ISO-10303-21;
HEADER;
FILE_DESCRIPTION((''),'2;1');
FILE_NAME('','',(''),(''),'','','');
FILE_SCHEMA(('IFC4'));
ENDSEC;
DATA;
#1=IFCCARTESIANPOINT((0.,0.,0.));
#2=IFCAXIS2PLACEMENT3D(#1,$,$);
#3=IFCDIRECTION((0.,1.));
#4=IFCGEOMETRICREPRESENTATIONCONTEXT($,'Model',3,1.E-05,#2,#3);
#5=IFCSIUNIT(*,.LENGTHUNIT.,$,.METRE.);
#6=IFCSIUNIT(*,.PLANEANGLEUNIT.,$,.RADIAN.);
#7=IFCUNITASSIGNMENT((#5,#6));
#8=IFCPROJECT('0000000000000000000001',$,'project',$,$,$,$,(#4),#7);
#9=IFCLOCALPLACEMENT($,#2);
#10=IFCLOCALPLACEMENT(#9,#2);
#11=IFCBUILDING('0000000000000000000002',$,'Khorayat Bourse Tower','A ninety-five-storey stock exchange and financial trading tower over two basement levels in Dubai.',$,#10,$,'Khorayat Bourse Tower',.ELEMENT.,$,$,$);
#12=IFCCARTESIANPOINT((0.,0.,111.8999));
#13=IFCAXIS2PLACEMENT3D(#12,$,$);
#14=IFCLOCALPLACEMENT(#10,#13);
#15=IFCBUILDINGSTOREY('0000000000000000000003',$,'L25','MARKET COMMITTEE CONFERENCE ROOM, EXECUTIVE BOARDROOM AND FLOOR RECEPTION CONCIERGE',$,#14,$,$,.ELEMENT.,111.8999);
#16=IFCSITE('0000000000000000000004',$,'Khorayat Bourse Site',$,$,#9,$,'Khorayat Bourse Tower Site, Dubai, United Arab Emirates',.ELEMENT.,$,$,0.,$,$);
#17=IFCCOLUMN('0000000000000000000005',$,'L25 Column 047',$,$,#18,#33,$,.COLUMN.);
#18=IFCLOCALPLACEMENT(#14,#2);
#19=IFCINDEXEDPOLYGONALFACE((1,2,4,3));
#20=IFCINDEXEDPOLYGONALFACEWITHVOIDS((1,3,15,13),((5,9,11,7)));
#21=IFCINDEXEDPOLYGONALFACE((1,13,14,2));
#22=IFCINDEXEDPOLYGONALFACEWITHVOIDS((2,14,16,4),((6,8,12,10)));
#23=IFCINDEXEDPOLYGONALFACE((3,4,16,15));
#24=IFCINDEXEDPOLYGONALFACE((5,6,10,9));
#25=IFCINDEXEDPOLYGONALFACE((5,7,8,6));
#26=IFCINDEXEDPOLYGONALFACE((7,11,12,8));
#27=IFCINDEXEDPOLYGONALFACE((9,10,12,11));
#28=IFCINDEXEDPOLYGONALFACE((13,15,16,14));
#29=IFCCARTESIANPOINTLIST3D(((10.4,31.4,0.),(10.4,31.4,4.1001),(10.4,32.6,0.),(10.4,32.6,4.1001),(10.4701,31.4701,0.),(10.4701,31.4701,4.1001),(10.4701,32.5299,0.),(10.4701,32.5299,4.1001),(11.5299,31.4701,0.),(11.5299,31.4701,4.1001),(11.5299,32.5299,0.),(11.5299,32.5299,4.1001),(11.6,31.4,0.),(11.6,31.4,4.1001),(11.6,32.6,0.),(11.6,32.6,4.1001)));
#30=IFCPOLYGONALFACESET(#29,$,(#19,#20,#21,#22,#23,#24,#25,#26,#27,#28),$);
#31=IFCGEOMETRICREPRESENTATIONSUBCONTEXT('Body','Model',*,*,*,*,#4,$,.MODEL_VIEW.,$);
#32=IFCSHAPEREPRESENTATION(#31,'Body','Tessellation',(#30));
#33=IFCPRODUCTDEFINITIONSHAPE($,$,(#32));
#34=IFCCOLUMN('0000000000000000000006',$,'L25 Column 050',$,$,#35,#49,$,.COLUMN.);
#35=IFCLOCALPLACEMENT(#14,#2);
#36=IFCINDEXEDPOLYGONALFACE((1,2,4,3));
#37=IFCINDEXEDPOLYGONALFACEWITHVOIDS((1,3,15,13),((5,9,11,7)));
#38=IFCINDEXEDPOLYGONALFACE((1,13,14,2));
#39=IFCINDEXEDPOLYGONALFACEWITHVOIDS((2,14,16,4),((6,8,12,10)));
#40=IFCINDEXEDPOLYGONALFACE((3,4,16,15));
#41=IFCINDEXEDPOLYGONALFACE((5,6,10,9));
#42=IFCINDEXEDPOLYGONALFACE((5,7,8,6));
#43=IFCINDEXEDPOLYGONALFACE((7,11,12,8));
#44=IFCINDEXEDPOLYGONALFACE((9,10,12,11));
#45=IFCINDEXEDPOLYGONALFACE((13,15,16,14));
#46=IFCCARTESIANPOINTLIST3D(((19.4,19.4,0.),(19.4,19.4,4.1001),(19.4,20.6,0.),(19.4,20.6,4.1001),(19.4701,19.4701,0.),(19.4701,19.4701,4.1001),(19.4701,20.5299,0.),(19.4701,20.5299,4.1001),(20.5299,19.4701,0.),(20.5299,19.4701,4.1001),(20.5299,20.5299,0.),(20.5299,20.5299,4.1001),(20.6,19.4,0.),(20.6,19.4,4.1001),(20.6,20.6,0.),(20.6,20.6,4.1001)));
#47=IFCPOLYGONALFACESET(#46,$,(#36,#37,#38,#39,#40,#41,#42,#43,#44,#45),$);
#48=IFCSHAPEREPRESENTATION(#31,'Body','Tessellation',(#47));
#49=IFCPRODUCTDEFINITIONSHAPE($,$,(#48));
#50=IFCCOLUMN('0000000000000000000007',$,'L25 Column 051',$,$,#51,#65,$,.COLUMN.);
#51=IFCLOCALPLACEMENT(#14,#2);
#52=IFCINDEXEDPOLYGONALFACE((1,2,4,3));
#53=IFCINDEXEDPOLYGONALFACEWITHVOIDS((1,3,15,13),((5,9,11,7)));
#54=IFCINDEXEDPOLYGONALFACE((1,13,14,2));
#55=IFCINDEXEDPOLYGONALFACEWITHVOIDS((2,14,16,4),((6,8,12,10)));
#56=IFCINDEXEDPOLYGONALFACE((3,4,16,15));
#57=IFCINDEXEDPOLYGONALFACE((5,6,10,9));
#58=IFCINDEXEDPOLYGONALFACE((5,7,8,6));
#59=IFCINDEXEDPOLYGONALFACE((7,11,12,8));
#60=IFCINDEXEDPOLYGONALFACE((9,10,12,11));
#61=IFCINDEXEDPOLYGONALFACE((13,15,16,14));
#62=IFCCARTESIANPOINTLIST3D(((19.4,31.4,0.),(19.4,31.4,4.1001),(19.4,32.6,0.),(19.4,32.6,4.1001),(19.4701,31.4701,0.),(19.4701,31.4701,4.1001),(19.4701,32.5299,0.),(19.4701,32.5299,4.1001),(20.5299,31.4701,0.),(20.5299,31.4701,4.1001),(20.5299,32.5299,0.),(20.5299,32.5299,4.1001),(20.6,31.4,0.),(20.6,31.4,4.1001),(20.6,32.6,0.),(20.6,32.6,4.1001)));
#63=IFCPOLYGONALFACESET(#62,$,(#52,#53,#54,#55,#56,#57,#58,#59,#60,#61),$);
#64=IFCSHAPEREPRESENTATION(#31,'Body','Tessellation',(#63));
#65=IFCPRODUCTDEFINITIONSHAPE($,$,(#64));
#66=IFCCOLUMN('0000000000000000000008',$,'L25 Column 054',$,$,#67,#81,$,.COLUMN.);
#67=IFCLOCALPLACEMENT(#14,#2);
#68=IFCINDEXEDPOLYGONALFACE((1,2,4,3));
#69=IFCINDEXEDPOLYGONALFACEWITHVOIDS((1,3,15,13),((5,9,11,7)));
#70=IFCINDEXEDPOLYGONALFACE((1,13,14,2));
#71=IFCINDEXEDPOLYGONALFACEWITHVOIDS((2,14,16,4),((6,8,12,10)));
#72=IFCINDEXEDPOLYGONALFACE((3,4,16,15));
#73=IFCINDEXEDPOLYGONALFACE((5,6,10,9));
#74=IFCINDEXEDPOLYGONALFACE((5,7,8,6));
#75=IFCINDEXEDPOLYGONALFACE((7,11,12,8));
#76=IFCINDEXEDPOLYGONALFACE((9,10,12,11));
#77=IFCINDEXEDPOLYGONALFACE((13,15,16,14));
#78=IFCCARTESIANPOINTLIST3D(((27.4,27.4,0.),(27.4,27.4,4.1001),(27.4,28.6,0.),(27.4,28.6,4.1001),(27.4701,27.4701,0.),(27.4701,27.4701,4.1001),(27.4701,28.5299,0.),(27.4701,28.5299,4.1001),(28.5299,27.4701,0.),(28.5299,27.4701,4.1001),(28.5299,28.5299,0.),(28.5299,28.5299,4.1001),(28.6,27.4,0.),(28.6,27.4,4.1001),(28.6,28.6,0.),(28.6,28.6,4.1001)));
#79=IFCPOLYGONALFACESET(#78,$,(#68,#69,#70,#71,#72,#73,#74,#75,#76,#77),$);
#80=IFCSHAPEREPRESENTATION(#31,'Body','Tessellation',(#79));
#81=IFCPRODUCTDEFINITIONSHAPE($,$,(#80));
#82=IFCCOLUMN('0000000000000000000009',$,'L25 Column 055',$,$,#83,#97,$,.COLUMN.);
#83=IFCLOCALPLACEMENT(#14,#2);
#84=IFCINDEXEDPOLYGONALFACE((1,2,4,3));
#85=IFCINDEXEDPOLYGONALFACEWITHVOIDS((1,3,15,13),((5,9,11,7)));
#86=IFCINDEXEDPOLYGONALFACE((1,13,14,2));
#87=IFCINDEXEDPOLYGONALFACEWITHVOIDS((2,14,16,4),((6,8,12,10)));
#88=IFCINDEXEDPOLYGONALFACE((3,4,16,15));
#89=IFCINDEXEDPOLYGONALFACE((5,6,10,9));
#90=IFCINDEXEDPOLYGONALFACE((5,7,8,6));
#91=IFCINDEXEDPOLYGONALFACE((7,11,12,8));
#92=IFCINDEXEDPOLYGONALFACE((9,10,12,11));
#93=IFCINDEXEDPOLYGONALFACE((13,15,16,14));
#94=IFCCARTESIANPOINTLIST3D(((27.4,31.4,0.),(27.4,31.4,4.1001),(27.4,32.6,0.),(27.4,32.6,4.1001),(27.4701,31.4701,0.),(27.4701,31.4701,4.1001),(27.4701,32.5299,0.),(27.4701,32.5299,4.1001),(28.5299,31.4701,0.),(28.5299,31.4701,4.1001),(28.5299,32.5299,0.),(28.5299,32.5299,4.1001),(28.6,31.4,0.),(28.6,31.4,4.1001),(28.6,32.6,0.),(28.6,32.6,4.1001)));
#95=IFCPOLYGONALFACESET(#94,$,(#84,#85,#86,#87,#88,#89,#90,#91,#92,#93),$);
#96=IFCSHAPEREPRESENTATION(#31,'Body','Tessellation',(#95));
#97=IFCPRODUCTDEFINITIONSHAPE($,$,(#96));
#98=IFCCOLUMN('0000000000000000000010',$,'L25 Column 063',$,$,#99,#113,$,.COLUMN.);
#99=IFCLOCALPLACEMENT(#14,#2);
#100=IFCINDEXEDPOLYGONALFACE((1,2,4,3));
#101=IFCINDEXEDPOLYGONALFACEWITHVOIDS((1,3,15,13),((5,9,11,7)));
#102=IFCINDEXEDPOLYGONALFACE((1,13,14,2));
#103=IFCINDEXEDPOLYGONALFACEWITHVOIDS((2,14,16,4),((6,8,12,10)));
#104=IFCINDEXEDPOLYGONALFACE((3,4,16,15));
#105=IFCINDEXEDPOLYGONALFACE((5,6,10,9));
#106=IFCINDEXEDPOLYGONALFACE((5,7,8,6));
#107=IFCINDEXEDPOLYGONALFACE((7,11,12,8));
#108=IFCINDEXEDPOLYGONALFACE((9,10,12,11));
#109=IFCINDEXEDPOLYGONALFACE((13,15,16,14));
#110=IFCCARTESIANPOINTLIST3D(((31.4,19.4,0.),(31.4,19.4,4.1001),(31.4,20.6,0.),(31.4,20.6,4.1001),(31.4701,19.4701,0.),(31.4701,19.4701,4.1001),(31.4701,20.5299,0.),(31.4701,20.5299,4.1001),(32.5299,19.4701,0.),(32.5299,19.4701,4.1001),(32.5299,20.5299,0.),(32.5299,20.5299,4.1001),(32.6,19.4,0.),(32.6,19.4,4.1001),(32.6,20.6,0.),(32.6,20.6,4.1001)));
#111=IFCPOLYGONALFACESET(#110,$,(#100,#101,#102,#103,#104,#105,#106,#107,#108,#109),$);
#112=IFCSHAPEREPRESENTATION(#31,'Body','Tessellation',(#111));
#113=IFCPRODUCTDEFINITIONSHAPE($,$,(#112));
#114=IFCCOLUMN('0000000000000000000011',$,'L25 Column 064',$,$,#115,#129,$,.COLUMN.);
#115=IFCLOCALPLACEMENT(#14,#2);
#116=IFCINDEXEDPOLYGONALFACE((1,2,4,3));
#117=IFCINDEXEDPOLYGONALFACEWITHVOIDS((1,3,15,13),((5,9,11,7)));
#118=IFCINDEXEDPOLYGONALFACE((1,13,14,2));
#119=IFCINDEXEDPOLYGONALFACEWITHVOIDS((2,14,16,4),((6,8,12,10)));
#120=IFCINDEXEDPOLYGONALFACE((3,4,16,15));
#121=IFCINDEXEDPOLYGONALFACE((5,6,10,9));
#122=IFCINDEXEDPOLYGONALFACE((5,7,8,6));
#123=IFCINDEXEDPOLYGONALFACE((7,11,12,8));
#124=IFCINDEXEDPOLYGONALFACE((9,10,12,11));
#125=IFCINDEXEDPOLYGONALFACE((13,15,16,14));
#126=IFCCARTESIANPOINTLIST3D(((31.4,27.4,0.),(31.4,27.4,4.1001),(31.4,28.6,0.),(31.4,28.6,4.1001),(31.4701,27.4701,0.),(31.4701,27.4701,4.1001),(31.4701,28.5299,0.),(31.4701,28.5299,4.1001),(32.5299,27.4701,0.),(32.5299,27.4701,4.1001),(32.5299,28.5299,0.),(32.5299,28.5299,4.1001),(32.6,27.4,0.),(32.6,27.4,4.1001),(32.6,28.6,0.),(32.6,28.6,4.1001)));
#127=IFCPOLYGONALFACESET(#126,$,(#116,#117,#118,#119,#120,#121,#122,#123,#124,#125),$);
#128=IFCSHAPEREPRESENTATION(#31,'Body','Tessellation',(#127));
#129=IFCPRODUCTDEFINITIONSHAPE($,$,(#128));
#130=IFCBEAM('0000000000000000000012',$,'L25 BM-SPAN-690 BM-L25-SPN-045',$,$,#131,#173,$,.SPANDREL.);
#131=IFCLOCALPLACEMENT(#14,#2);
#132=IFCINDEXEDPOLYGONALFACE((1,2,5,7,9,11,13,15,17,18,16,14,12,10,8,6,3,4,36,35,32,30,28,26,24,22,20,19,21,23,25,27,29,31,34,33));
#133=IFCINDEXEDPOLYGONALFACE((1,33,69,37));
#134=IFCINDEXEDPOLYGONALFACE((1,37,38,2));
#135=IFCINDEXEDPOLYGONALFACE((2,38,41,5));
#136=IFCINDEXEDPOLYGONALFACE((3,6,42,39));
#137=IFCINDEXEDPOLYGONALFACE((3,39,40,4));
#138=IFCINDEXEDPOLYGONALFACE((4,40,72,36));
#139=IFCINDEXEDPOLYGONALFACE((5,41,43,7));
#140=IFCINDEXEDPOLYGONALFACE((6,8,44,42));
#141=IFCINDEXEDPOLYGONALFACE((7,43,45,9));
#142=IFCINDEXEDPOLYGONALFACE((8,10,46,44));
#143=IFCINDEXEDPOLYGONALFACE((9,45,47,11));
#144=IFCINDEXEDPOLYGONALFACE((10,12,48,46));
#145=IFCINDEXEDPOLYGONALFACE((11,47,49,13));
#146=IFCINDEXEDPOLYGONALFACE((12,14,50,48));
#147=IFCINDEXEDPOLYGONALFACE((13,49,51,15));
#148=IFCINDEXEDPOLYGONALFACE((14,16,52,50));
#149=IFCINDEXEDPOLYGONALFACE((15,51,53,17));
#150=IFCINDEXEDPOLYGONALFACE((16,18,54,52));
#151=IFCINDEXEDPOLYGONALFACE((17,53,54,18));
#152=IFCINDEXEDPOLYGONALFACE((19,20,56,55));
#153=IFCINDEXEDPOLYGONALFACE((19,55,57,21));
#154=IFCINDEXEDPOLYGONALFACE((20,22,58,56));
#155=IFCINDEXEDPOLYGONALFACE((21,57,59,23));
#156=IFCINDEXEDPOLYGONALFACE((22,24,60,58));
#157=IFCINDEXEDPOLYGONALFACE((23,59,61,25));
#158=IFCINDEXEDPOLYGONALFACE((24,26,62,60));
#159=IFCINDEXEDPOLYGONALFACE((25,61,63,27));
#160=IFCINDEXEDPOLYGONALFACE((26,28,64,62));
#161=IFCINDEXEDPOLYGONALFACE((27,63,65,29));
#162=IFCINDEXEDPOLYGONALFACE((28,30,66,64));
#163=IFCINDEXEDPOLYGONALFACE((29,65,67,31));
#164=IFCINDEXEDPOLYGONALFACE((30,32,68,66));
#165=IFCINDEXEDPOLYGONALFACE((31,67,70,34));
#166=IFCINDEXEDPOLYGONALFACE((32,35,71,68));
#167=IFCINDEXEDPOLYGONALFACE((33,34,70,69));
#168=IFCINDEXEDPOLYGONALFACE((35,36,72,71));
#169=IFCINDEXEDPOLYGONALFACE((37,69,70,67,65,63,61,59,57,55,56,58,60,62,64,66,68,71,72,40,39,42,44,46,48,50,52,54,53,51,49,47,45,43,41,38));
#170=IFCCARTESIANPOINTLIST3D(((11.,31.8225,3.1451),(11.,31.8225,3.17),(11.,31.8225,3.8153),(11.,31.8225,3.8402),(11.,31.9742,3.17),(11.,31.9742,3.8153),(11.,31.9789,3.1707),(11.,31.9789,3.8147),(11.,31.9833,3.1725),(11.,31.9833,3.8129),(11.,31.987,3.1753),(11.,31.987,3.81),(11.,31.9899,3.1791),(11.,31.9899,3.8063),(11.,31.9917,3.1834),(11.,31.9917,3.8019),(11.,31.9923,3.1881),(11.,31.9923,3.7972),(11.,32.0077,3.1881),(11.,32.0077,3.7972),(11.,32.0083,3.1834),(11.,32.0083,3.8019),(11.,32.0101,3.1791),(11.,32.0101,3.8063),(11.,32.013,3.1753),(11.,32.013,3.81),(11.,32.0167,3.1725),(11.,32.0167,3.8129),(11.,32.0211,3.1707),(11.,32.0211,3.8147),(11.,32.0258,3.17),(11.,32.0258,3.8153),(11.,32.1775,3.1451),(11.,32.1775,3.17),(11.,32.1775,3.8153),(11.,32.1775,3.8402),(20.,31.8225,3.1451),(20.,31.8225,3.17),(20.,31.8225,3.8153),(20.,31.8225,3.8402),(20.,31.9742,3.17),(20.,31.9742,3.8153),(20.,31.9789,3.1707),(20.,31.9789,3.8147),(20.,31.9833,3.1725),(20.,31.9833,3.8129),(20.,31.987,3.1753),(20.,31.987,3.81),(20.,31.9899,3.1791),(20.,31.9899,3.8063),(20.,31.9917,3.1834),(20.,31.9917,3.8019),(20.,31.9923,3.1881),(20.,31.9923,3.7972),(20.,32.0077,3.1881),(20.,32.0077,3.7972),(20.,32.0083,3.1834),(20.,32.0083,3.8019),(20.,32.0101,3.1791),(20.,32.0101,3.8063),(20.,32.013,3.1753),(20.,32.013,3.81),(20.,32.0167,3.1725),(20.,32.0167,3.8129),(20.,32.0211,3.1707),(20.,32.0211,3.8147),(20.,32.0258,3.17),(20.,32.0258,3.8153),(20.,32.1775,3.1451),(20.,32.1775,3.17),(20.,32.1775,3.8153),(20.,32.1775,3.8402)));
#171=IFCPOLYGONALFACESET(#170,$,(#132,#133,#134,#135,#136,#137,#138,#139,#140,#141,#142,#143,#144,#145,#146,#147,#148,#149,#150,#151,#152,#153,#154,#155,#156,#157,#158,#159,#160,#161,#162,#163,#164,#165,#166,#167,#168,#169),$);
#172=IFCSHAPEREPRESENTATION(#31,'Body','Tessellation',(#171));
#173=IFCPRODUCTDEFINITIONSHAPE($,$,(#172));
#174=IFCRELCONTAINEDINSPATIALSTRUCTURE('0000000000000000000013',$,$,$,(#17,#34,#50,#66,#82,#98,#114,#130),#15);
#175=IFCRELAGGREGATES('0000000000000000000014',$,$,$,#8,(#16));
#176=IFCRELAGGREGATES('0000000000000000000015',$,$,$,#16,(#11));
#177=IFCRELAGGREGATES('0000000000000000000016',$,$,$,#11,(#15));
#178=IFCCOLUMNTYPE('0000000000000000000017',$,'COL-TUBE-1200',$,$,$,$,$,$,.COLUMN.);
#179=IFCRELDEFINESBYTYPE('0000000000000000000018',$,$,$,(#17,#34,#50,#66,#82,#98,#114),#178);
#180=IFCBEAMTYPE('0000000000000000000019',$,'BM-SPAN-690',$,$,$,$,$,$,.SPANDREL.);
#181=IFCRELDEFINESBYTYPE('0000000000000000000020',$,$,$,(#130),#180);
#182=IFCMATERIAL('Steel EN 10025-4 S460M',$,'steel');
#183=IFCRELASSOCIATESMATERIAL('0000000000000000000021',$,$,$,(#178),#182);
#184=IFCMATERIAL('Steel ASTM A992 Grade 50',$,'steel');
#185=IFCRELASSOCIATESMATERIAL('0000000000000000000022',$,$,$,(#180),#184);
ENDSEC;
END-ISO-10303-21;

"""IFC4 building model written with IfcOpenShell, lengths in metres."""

from ifc_helpers import new_model, si_unit, direction, frame, origin, origin_2d, place, context, subcontext, project, spatial, hollow_rectangle, i_section, extrude, source, transform, mapped, material, material_profile, profile_set, type_object, element, save


model = new_model("IFC4")

# Units and contexts
model_context = context("Model", 3, precision=1e-05, world=origin(), true_north=direction((0.0, 1.0)))
body_context = subcontext(model_context, "Body", "Model", "MODEL_VIEW")
ifc_project = project(units=[si_unit("LENGTHUNIT", "METRE"), si_unit("PLANEANGLEUNIT", "RADIAN")], contexts=[model_context])

# Site, building, storey
site_placement = place(None, origin())
site = spatial("IfcSite", under=ifc_project, at=site_placement, Name="Khorayat Bourse Site", LongName="Khorayat Bourse Tower Site, Dubai, United Arab Emirates", CompositionType="ELEMENT", RefElevation=0.0)
building_placement = place(site_placement, origin())
building = spatial("IfcBuilding", under=site, at=building_placement, Name="Khorayat Bourse Tower", Description="A ninety-five-storey stock exchange and financial trading tower over two basement levels in Dubai.", LongName="Khorayat Bourse Tower", CompositionType="ELEMENT")
storey_placement = place(building_placement, frame((0.0, 0.0, 111.8999)))
storey = spatial("IfcBuildingStorey", under=building, at=storey_placement, Name="L25", Description="MARKET COMMITTEE CONFERENCE ROOM, EXECUTIVE BOARDROOM AND FLOOR RECEPTION CONCIERGE", CompositionType="ELEMENT", Elevation=111.8999)

# Columns
ifc_material_1 = material(Name="Steel EN 10025-4 S460M", Category="steel")
ifc_material_profile_1 = material_profile(ifc_material_1, hollow_rectangle(XDim=1.2, YDim=1.2, WallThickness=0.0701, at=origin_2d()), Name="BOX 1200x1200x70")
ifc_profile_set_1 = profile_set([ifc_material_profile_1], Name="Steel EN 10025-4 S460M")
column_type = type_object("IfcColumnType", Name="COL-TUBE-1200", PredefinedType="COLUMN", material=ifc_profile_set_1)
shared_shape_1 = source(origin(), body_context, "Body", "SweptSolid", [
    extrude(hollow_rectangle(XDim=1.2, YDim=1.2, WallThickness=0.0701, at=origin_2d()), origin(), (0.0, 0.0, 1.0), 4.1001),
])
for number, where, z_axis, x_axis, name in (
    (1, (11.0, 32.0, 0.0), (0.0, 0.0, 1.0), (1.0, 0.0, 0.0), "L25 Column 047"),
    (2, (20.0, 20.0, 0.0), (0.0, 0.0, 1.0), (1.0, 0.0, 0.0), "L25 Column 050"),
    (3, (20.0, 32.0, 0.0), (0.0, 0.0, 1.0), (1.0, 0.0, 0.0), "L25 Column 051"),
    (4, (28.0, 28.0, 0.0), (0.0, 0.0, 1.0), (1.0, 0.0, 0.0), "L25 Column 054"),
    (5, (28.0, 32.0, 0.0), (0.0, 0.0, 1.0), (1.0, 0.0, 0.0), "L25 Column 055"),
    (6, (32.0, 20.0, 0.0), (0.0, 0.0, 1.0), (1.0, 0.0, 0.0), "L25 Column 063"),
    (7, (32.0, 28.0, 0.0), (0.0, 0.0, 1.0), (1.0, 0.0, 0.0), "L25 Column 064"),
):
    element("IfcColumn", number, at=place(storey_placement, frame(where, z_axis=z_axis, x_axis=x_axis)), inside=storey, type_object=column_type, Name=name, PredefinedType="COLUMN", context=body_context, shape_type="MappedRepresentation", body=[
        mapped(shared_shape_1, transform((0.0, 0.0, 0.0), scale=1.0)),
    ])

# Beam
ifc_material_2 = material(Name="Steel ASTM A992 Grade 50", Category="steel")
ifc_material_profile_2 = material_profile(ifc_material_2, i_section(OverallWidth=0.355, OverallDepth=0.6951, WebThickness=0.0154, FlangeThickness=0.0249, FilletRadius=0.0181, at=origin_2d()), Name="W690X217")
ifc_profile_set_2 = profile_set([ifc_material_profile_2], Name="Steel ASTM A992 Grade 50")
beam_type_1 = type_object("IfcBeamType", Name="BM-SPAN-690", PredefinedType="SPANDREL", material=ifc_profile_set_2)
shared_shape_2 = source(origin(), body_context, "Body", "SweptSolid", [
    extrude(i_section(OverallWidth=0.355, OverallDepth=0.6951, WebThickness=0.0154, FlangeThickness=0.0249, FilletRadius=0.0181, at=origin_2d()), origin(), (0.0, 0.0, 1.0), 9.0),
])
beam_1_placement = place(storey_placement, frame((11.0, 32.0, 3.4927), z_axis=(1.0, 0.0, 0.0), x_axis=(0.0, 1.0, 0.0)))
element("IfcBeam", 8, at=beam_1_placement, inside=storey, type_object=beam_type_1, Name="L25 BM-SPAN-690 BM-L25-SPN-045", PredefinedType="SPANDREL", context=body_context, shape_type="MappedRepresentation", body=[
    mapped(shared_shape_2, transform((0.0, 0.0, 0.0), scale=1.0)),
])

save(model, "model.ifc")
